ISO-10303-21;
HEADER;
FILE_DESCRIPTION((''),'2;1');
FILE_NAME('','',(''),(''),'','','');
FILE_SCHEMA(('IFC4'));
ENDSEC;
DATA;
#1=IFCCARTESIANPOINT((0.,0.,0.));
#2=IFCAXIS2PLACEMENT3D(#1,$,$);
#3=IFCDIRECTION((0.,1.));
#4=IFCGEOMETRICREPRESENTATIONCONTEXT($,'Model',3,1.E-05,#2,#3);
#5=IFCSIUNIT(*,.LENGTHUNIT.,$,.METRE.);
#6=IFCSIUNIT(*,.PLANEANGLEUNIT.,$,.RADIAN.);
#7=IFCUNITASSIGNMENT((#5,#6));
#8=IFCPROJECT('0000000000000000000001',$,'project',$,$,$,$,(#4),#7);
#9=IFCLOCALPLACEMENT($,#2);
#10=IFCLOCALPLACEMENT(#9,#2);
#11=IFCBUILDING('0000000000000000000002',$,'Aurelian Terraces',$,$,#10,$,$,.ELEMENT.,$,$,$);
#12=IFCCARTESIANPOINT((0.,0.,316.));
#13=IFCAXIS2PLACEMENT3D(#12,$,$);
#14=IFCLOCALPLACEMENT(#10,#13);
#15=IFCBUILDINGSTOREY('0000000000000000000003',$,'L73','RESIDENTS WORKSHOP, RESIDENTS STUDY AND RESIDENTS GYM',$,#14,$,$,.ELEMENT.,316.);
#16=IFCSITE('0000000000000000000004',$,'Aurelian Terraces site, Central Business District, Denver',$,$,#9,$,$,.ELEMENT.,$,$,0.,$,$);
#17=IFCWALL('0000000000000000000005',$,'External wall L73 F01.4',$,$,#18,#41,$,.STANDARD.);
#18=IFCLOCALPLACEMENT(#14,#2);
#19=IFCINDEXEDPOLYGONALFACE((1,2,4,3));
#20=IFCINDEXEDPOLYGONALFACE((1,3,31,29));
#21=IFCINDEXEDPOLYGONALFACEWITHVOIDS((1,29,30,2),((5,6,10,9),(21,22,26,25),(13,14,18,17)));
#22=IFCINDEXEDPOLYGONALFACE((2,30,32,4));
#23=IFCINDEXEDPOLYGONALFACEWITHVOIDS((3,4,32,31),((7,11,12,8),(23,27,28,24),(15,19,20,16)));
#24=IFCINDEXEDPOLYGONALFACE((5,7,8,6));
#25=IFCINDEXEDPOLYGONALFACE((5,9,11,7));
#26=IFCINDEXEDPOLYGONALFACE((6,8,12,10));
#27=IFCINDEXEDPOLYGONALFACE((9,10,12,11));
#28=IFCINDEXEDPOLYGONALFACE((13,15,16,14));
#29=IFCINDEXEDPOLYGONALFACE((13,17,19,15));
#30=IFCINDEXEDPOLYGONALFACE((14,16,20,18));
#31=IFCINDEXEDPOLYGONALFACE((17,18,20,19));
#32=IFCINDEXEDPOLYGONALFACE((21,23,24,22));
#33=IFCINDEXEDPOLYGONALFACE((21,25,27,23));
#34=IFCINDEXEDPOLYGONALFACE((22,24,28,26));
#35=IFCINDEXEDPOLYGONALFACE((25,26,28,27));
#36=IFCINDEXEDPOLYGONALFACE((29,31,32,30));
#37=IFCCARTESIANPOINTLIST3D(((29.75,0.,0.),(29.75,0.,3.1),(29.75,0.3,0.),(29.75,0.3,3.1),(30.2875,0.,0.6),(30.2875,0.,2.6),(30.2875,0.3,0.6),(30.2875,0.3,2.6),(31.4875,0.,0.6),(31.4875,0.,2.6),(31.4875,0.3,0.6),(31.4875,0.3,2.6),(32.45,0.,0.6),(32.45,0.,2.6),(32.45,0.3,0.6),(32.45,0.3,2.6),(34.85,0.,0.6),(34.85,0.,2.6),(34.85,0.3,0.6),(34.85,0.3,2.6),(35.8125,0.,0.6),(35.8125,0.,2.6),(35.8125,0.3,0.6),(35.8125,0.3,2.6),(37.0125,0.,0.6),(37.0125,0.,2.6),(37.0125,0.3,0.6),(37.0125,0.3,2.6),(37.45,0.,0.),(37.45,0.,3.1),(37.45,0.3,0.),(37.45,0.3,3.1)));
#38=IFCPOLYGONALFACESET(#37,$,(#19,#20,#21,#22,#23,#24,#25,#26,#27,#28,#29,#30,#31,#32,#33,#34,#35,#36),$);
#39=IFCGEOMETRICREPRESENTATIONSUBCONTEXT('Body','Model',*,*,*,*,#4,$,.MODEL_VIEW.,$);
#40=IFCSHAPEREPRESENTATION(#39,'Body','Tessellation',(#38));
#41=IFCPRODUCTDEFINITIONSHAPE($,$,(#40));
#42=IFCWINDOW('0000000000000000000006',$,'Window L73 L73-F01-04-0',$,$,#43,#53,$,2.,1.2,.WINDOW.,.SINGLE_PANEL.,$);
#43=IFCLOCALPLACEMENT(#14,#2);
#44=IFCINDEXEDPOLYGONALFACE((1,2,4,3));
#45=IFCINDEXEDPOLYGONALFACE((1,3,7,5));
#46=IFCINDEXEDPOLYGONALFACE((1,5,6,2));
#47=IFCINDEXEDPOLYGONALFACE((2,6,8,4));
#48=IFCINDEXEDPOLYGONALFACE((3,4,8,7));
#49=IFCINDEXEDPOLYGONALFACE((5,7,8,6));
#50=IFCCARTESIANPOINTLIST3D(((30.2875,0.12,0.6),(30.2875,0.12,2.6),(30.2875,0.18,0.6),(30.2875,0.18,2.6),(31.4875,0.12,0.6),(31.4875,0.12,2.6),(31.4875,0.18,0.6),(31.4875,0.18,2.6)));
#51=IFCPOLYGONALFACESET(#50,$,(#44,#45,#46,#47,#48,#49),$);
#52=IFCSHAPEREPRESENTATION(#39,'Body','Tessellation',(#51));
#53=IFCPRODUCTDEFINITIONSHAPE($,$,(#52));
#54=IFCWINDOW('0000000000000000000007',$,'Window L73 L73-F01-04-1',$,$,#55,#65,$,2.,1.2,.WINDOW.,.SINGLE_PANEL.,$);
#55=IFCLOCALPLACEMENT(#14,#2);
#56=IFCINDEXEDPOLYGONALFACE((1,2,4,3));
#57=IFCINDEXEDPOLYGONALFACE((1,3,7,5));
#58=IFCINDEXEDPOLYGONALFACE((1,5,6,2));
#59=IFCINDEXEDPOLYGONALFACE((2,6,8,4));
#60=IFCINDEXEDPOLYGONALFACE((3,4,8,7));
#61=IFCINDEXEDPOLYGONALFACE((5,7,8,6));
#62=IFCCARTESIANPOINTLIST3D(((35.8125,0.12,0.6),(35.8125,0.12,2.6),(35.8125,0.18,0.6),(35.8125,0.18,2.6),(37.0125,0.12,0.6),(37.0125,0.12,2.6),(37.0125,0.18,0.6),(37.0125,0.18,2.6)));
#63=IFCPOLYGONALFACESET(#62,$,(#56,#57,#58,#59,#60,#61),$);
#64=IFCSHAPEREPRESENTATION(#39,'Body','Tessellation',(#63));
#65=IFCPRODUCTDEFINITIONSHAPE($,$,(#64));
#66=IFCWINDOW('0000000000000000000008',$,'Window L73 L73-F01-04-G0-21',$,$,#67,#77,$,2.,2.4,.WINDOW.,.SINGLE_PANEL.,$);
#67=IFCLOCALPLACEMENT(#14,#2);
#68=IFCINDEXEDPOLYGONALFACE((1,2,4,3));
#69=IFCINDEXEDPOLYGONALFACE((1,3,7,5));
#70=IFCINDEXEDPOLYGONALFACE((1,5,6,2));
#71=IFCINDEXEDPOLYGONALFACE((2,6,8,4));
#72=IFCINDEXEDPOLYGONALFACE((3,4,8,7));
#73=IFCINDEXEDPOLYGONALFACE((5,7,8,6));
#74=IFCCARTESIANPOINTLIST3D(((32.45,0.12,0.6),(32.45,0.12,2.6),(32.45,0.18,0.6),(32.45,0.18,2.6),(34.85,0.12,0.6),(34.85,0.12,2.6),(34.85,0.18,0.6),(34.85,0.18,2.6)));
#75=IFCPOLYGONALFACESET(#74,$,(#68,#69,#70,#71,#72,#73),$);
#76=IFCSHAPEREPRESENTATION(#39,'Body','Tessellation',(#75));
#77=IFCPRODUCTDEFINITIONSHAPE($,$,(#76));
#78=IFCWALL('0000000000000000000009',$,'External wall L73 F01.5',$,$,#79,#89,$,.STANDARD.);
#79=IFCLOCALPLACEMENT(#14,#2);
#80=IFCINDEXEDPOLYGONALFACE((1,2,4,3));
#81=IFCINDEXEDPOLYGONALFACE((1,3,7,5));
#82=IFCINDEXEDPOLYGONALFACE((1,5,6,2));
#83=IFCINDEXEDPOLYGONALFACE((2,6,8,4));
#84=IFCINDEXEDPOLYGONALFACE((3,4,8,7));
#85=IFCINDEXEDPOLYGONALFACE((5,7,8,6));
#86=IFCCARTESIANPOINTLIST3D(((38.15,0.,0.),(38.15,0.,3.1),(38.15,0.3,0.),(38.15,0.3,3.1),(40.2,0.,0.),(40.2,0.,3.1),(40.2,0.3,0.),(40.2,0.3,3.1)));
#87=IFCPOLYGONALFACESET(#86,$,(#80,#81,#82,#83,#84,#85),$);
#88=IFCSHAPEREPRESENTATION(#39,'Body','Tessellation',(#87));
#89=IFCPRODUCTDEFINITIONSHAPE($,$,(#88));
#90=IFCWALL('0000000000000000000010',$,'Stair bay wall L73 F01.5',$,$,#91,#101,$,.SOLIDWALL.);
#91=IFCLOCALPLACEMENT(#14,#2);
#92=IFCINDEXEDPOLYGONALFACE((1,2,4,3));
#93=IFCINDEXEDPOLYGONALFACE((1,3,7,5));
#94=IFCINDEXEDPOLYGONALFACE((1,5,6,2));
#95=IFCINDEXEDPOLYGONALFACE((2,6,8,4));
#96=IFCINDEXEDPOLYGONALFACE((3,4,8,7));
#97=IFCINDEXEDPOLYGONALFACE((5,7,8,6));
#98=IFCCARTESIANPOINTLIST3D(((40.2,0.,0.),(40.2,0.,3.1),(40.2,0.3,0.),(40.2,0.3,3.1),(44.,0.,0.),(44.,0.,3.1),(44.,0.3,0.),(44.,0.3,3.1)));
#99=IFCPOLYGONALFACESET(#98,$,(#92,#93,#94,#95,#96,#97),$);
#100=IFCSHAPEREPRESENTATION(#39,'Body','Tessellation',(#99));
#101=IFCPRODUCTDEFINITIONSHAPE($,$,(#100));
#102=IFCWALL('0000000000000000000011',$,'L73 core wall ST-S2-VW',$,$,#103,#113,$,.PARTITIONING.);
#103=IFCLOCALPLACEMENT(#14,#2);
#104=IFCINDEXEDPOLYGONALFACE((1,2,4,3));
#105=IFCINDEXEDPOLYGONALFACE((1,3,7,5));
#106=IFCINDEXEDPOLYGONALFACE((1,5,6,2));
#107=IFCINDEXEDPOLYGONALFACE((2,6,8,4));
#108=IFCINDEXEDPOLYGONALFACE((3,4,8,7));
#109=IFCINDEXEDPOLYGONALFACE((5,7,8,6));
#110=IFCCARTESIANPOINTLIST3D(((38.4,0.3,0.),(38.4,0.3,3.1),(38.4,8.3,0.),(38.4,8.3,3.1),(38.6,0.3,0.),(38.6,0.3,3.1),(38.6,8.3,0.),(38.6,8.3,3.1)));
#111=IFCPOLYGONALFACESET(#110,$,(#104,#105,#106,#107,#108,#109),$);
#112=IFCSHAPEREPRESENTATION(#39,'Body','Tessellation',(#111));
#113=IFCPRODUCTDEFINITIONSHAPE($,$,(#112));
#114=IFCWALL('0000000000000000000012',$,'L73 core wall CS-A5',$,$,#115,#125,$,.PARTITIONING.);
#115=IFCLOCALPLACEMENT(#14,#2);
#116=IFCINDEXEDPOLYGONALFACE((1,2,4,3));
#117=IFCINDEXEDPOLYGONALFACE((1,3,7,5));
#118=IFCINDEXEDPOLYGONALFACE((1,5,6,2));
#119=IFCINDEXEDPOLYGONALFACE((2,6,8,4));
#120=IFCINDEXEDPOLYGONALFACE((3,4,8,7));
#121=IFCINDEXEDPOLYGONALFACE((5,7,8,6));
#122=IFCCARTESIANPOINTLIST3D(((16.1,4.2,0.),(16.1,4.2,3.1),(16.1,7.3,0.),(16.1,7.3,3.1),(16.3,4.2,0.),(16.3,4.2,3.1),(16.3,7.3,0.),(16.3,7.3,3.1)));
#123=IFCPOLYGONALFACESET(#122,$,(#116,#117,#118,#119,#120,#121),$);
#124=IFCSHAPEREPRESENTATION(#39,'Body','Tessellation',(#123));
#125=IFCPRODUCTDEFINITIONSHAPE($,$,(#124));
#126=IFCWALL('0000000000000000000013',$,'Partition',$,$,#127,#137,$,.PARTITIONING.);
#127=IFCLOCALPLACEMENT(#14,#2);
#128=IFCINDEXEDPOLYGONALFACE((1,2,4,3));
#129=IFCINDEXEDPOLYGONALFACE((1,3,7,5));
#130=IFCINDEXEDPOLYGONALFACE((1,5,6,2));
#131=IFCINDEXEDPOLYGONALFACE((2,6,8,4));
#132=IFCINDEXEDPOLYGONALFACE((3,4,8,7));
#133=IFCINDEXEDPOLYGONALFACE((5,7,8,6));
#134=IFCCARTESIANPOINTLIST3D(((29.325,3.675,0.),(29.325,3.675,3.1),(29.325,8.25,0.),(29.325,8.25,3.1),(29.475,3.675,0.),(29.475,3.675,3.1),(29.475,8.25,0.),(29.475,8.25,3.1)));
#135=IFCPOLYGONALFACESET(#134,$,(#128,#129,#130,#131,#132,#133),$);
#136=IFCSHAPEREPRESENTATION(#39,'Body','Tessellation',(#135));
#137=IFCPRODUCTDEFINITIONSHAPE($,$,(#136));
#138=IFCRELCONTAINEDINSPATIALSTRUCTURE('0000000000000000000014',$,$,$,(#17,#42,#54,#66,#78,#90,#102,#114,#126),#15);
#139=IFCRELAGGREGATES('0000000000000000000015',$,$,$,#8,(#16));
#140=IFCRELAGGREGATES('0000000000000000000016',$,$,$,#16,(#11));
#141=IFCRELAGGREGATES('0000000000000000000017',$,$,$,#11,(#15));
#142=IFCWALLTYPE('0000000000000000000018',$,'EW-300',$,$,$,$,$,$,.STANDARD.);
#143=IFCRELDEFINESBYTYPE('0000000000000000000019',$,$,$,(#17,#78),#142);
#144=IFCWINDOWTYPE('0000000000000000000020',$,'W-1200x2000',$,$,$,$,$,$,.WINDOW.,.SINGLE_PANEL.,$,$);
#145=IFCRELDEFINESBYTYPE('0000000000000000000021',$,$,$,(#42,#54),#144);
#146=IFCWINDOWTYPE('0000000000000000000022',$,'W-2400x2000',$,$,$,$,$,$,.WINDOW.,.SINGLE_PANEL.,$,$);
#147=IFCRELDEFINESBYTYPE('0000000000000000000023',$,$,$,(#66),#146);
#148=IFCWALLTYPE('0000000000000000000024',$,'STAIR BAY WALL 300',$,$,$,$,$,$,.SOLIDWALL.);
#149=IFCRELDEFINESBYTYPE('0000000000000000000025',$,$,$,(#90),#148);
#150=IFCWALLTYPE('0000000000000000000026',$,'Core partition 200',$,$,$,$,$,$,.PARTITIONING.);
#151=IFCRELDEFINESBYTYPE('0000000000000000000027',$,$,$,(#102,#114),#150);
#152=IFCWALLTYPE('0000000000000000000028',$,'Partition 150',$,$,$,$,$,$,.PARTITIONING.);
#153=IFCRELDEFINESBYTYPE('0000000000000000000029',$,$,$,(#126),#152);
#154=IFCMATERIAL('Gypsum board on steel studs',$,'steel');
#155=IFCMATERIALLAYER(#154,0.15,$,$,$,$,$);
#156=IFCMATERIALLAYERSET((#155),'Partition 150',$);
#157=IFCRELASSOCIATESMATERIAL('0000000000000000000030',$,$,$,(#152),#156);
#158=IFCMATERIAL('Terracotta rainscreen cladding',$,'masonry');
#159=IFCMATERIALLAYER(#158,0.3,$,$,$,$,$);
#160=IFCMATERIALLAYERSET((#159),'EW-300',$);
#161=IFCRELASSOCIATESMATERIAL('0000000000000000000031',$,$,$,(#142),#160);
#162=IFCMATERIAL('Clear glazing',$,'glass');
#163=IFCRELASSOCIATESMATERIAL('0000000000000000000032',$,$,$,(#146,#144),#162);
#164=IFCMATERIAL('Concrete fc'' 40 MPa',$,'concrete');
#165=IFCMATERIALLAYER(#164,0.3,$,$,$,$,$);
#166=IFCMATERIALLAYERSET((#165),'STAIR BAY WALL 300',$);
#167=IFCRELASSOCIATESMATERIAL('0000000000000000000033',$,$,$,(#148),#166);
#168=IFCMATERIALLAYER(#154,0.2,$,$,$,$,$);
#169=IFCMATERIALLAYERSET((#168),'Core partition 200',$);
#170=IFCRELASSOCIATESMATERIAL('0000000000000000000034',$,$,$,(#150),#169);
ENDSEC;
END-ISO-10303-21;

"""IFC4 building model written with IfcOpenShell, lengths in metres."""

from ifc_helpers import new_model, si_unit, direction, frame, frame_2d, origin, place, context, subcontext, project, spatial, rectangle, extrude, source, transform, mapped, material, layer, layer_set, type_object, element, fill, save


model = new_model("IFC4")

# Units and contexts
model_context = context("Model", 3, precision=1e-05, world=origin(), true_north=direction((0.0, 1.0)))
body_context = subcontext(model_context, "Body", "Model", "MODEL_VIEW")
ifc_project = project(units=[si_unit("LENGTHUNIT", "METRE"), si_unit("PLANEANGLEUNIT", "RADIAN")], contexts=[model_context])

# Site, building, storey
site_placement = place(None, origin())
site = spatial("IfcSite", under=ifc_project, at=site_placement, Name="Aurelian Terraces site, Central Business District, Denver", CompositionType="ELEMENT", RefElevation=0.0)
building_placement = place(site_placement, origin())
building = spatial("IfcBuilding", under=site, at=building_placement, Name="Aurelian Terraces", CompositionType="ELEMENT")
storey_placement = place(building_placement, frame((0.0, 0.0, 316.0)))
storey = spatial("IfcBuildingStorey", under=building, at=storey_placement, Name="L73", Description="RESIDENTS WORKSHOP, RESIDENTS STUDY AND RESIDENTS GYM", CompositionType="ELEMENT", Elevation=316.0)

# Shared definitions
ifc_material_1 = material(Name="Gypsum board on steel studs", Category="steel")
ifc_layer_1 = layer(ifc_material_1, 0.15)
ifc_layer_set_1 = layer_set([ifc_layer_1], Name="Partition 150")
wall_type_1 = type_object("IfcWallType", Name="Partition 150", PredefinedType="PARTITIONING", material=ifc_layer_set_1)

# Wall, openings, windows
ifc_material_2 = material(Name="Terracotta rainscreen cladding", Category="masonry")
ifc_layer_2 = layer(ifc_material_2, 0.3)
ifc_layer_set_2 = layer_set([ifc_layer_2], Name="EW-300")
wall_type_2 = type_object("IfcWallType", Name="EW-300", PredefinedType="STANDARD", material=ifc_layer_set_2)
shared_shape_1 = source(origin(), body_context, "Body", "SweptSolid", [
    extrude(rectangle(XDim=7.7, YDim=0.3, at=frame_2d((3.85, 0.0))), origin(), (0.0, 0.0, 1.0), 3.1),
])
shared_shape_2 = source(origin(), body_context, "Body", "SweptSolid", [
    extrude(rectangle(XDim=2.4, YDim=2.0, at=frame_2d((1.2, 1.0))), frame((0.0, 0.16, 0.0), z_axis=(0.0, -1.0, 0.0), x_axis=(1.0, 0.0, 0.0)), (0.0, 0.0, 1.0), 0.32),
])
ifc_material_3 = material(Name="Clear glazing", Category="glass")
window_type_1 = type_object("IfcWindowType", Name="W-2400x2000", PartitioningType="SINGLE_PANEL", PredefinedType="WINDOW", material=ifc_material_3)
shared_shape_3 = source(origin(), body_context, "Body", "SweptSolid", [
    extrude(rectangle(XDim=2.4, YDim=2.0, at=frame_2d((1.2, 1.0))), frame((0.0, 0.03, 0.0), z_axis=(0.0, -1.0, 0.0), x_axis=(1.0, 0.0, 0.0)), (0.0, 0.0, 1.0), 0.06),
])
wall_1_placement = place(storey_placement, frame((29.75, 0.15, 0.0), z_axis=(0.0, 0.0, 1.0), x_axis=(1.0, 0.0, 0.0)))
wall_1 = element("IfcWall", 1, at=wall_1_placement, inside=storey, type_object=wall_type_2, Name="External wall L73 F01.4", PredefinedType="STANDARD", context=body_context, shape_type="MappedRepresentation", body=[
    mapped(shared_shape_1, transform((0.0, 0.0, 0.0), scale=1.0)),
])
shared_shape_4 = source(origin(), body_context, "Body", "SweptSolid", [
    extrude(rectangle(XDim=1.2, YDim=2.0, at=frame_2d((0.6, 1.0))), frame((0.0, 0.16, 0.0), z_axis=(0.0, -1.0, 0.0), x_axis=(1.0, 0.0, 0.0)), (0.0, 0.0, 1.0), 0.32),
])
opening_1_placement = place(wall_1_placement, frame((0.5375, 0.0, 0.6)))
opening_1 = element("IfcOpeningElement", 2, at=opening_1_placement, cuts=wall_1, PredefinedType="OPENING", context=body_context, shape_type="MappedRepresentation", body=[
    mapped(shared_shape_4, transform((0.0, 0.0, 0.0), scale=1.0)),
])
opening_2_placement = place(wall_1_placement, frame((6.0625, 0.0, 0.6)))
opening_2 = element("IfcOpeningElement", 3, at=opening_2_placement, cuts=wall_1, PredefinedType="OPENING", context=body_context, shape_type="MappedRepresentation", body=[
    mapped(shared_shape_4, transform((0.0, 0.0, 0.0), scale=1.0)),
])
opening_3_placement = place(wall_1_placement, frame((2.7, 0.0, 0.6)))
opening_3 = element("IfcOpeningElement", 4, at=opening_3_placement, cuts=wall_1, PredefinedType="OPENING", context=body_context, shape_type="MappedRepresentation", body=[
    mapped(shared_shape_2, transform((0.0, 0.0, 0.0), scale=1.0)),
])
window_type_2 = type_object("IfcWindowType", Name="W-1200x2000", PartitioningType="SINGLE_PANEL", PredefinedType="WINDOW", material=ifc_material_3)
shared_shape_5 = source(origin(), body_context, "Body", "SweptSolid", [
    extrude(rectangle(XDim=1.2, YDim=2.0, at=frame_2d((0.6, 1.0))), frame((0.0, 0.03, 0.0), z_axis=(0.0, -1.0, 0.0), x_axis=(1.0, 0.0, 0.0)), (0.0, 0.0, 1.0), 0.06),
])
window_1_placement = place(opening_1_placement, origin())
window_1 = element("IfcWindow", 5, at=window_1_placement, inside=storey, type_object=window_type_2, Name="Window L73 L73-F01-04-0", OverallHeight=2.0, OverallWidth=1.2, PartitioningType="SINGLE_PANEL", PredefinedType="WINDOW", context=body_context, shape_type="MappedRepresentation", body=[
    mapped(shared_shape_5, transform((0.0, 0.0, 0.0), scale=1.0)),
])
fill(opening_1, window_1)
window_2_placement = place(opening_2_placement, origin())
window_2 = element("IfcWindow", 6, at=window_2_placement, inside=storey, type_object=window_type_2, Name="Window L73 L73-F01-04-1", OverallHeight=2.0, OverallWidth=1.2, PartitioningType="SINGLE_PANEL", PredefinedType="WINDOW", context=body_context, shape_type="MappedRepresentation", body=[
    mapped(shared_shape_5, transform((0.0, 0.0, 0.0), scale=1.0)),
])
fill(opening_2, window_2)
window_3_placement = place(opening_3_placement, origin())
window_3 = element("IfcWindow", 7, at=window_3_placement, inside=storey, type_object=window_type_1, Name="Window L73 L73-F01-04-G0-21", OverallHeight=2.0, OverallWidth=2.4, PartitioningType="SINGLE_PANEL", PredefinedType="WINDOW", context=body_context, shape_type="MappedRepresentation", body=[
    mapped(shared_shape_3, transform((0.0, 0.0, 0.0), scale=1.0)),
])
fill(opening_3, window_3)

# Walls
shared_shape_6 = source(origin(), body_context, "Body", "SweptSolid", [
    extrude(rectangle(XDim=2.05, YDim=0.3, at=frame_2d((1.025, 0.0))), origin(), (0.0, 0.0, 1.0), 3.1),
])
wall_2_placement = place(storey_placement, frame((38.15, 0.15, 0.0), z_axis=(0.0, 0.0, 1.0), x_axis=(1.0, 0.0, 0.0)))
element("IfcWall", 8, at=wall_2_placement, inside=storey, type_object=wall_type_2, Name="External wall L73 F01.5", PredefinedType="STANDARD", context=body_context, shape_type="MappedRepresentation", body=[
    mapped(shared_shape_6, transform((0.0, 0.0, 0.0), scale=1.0)),
])
ifc_material_4 = material(Name="Concrete fc' 40 MPa", Category="concrete")
ifc_layer_3 = layer(ifc_material_4, 0.3)
ifc_layer_set_3 = layer_set([ifc_layer_3], Name="STAIR BAY WALL 300")
wall_type_3 = type_object("IfcWallType", Name="STAIR BAY WALL 300", PredefinedType="SOLIDWALL", material=ifc_layer_set_3)
shared_shape_7 = source(origin(), body_context, "Body", "SweptSolid", [
    extrude(rectangle(XDim=3.8, YDim=0.3, at=frame_2d((1.9, 0.0))), origin(), (0.0, 0.0, 1.0), 3.1),
])
wall_3_placement = place(storey_placement, frame((40.2, 0.15, 0.0), z_axis=(0.0, 0.0, 1.0), x_axis=(1.0, 0.0, 0.0)))
element("IfcWall", 9, at=wall_3_placement, inside=storey, type_object=wall_type_3, Name="Stair bay wall L73 F01.5", PredefinedType="SOLIDWALL", context=body_context, shape_type="MappedRepresentation", body=[
    mapped(shared_shape_7, transform((0.0, 0.0, 0.0), scale=1.0)),
])
ifc_layer_4 = layer(ifc_material_1, 0.2)
ifc_layer_set_4 = layer_set([ifc_layer_4], Name="Core partition 200")
wall_type_4 = type_object("IfcWallType", Name="Core partition 200", PredefinedType="PARTITIONING", material=ifc_layer_set_4)
shared_shape_8 = source(origin(), body_context, "Body", "SweptSolid", [
    extrude(rectangle(XDim=8.0, YDim=0.2, at=frame_2d((4.0, 0.0))), origin(), (0.0, 0.0, 1.0), 3.1),
])
wall_4_placement = place(storey_placement, frame((38.5, 0.3, 0.0), z_axis=(0.0, 0.0, 1.0), x_axis=(0.0, 1.0, 0.0)))
element("IfcWall", 10, at=wall_4_placement, inside=storey, type_object=wall_type_4, Name="L73 core wall ST-S2-VW", PredefinedType="PARTITIONING", context=body_context, shape_type="MappedRepresentation", body=[
    mapped(shared_shape_8, transform((0.0, 0.0, 0.0), scale=1.0)),
])
shared_shape_9 = source(origin(), body_context, "Body", "SweptSolid", [
    extrude(rectangle(XDim=3.1, YDim=0.2, at=frame_2d((1.55, 0.0))), origin(), (0.0, 0.0, 1.0), 3.1),
])
wall_5_placement = place(storey_placement, frame((16.2, 4.2, 0.0), z_axis=(0.0, 0.0, 1.0), x_axis=(0.0, 1.0, 0.0)))
element("IfcWall", 11, at=wall_5_placement, inside=storey, type_object=wall_type_4, Name="L73 core wall CS-A5", PredefinedType="PARTITIONING", context=body_context, shape_type="MappedRepresentation", body=[
    mapped(shared_shape_9, transform((0.0, 0.0, 0.0), scale=1.0)),
])
shared_shape_10 = source(origin(), body_context, "Body", "SweptSolid", [
    extrude(rectangle(XDim=4.575, YDim=0.15, at=frame_2d((2.2875, 0.0))), origin(), (0.0, 0.0, 1.0), 3.1),
])
wall_6_placement = place(storey_placement, frame((29.4, 3.675, 0.0), z_axis=(0.0, 0.0, 1.0), x_axis=(0.0, 1.0, 0.0)))
element("IfcWall", 12, at=wall_6_placement, inside=storey, type_object=wall_type_1, Name="Partition", PredefinedType="PARTITIONING", context=body_context, shape_type="MappedRepresentation", body=[
    mapped(shared_shape_10, transform((0.0, 0.0, 0.0), scale=1.0)),
])

save(model, "model.ifc")
